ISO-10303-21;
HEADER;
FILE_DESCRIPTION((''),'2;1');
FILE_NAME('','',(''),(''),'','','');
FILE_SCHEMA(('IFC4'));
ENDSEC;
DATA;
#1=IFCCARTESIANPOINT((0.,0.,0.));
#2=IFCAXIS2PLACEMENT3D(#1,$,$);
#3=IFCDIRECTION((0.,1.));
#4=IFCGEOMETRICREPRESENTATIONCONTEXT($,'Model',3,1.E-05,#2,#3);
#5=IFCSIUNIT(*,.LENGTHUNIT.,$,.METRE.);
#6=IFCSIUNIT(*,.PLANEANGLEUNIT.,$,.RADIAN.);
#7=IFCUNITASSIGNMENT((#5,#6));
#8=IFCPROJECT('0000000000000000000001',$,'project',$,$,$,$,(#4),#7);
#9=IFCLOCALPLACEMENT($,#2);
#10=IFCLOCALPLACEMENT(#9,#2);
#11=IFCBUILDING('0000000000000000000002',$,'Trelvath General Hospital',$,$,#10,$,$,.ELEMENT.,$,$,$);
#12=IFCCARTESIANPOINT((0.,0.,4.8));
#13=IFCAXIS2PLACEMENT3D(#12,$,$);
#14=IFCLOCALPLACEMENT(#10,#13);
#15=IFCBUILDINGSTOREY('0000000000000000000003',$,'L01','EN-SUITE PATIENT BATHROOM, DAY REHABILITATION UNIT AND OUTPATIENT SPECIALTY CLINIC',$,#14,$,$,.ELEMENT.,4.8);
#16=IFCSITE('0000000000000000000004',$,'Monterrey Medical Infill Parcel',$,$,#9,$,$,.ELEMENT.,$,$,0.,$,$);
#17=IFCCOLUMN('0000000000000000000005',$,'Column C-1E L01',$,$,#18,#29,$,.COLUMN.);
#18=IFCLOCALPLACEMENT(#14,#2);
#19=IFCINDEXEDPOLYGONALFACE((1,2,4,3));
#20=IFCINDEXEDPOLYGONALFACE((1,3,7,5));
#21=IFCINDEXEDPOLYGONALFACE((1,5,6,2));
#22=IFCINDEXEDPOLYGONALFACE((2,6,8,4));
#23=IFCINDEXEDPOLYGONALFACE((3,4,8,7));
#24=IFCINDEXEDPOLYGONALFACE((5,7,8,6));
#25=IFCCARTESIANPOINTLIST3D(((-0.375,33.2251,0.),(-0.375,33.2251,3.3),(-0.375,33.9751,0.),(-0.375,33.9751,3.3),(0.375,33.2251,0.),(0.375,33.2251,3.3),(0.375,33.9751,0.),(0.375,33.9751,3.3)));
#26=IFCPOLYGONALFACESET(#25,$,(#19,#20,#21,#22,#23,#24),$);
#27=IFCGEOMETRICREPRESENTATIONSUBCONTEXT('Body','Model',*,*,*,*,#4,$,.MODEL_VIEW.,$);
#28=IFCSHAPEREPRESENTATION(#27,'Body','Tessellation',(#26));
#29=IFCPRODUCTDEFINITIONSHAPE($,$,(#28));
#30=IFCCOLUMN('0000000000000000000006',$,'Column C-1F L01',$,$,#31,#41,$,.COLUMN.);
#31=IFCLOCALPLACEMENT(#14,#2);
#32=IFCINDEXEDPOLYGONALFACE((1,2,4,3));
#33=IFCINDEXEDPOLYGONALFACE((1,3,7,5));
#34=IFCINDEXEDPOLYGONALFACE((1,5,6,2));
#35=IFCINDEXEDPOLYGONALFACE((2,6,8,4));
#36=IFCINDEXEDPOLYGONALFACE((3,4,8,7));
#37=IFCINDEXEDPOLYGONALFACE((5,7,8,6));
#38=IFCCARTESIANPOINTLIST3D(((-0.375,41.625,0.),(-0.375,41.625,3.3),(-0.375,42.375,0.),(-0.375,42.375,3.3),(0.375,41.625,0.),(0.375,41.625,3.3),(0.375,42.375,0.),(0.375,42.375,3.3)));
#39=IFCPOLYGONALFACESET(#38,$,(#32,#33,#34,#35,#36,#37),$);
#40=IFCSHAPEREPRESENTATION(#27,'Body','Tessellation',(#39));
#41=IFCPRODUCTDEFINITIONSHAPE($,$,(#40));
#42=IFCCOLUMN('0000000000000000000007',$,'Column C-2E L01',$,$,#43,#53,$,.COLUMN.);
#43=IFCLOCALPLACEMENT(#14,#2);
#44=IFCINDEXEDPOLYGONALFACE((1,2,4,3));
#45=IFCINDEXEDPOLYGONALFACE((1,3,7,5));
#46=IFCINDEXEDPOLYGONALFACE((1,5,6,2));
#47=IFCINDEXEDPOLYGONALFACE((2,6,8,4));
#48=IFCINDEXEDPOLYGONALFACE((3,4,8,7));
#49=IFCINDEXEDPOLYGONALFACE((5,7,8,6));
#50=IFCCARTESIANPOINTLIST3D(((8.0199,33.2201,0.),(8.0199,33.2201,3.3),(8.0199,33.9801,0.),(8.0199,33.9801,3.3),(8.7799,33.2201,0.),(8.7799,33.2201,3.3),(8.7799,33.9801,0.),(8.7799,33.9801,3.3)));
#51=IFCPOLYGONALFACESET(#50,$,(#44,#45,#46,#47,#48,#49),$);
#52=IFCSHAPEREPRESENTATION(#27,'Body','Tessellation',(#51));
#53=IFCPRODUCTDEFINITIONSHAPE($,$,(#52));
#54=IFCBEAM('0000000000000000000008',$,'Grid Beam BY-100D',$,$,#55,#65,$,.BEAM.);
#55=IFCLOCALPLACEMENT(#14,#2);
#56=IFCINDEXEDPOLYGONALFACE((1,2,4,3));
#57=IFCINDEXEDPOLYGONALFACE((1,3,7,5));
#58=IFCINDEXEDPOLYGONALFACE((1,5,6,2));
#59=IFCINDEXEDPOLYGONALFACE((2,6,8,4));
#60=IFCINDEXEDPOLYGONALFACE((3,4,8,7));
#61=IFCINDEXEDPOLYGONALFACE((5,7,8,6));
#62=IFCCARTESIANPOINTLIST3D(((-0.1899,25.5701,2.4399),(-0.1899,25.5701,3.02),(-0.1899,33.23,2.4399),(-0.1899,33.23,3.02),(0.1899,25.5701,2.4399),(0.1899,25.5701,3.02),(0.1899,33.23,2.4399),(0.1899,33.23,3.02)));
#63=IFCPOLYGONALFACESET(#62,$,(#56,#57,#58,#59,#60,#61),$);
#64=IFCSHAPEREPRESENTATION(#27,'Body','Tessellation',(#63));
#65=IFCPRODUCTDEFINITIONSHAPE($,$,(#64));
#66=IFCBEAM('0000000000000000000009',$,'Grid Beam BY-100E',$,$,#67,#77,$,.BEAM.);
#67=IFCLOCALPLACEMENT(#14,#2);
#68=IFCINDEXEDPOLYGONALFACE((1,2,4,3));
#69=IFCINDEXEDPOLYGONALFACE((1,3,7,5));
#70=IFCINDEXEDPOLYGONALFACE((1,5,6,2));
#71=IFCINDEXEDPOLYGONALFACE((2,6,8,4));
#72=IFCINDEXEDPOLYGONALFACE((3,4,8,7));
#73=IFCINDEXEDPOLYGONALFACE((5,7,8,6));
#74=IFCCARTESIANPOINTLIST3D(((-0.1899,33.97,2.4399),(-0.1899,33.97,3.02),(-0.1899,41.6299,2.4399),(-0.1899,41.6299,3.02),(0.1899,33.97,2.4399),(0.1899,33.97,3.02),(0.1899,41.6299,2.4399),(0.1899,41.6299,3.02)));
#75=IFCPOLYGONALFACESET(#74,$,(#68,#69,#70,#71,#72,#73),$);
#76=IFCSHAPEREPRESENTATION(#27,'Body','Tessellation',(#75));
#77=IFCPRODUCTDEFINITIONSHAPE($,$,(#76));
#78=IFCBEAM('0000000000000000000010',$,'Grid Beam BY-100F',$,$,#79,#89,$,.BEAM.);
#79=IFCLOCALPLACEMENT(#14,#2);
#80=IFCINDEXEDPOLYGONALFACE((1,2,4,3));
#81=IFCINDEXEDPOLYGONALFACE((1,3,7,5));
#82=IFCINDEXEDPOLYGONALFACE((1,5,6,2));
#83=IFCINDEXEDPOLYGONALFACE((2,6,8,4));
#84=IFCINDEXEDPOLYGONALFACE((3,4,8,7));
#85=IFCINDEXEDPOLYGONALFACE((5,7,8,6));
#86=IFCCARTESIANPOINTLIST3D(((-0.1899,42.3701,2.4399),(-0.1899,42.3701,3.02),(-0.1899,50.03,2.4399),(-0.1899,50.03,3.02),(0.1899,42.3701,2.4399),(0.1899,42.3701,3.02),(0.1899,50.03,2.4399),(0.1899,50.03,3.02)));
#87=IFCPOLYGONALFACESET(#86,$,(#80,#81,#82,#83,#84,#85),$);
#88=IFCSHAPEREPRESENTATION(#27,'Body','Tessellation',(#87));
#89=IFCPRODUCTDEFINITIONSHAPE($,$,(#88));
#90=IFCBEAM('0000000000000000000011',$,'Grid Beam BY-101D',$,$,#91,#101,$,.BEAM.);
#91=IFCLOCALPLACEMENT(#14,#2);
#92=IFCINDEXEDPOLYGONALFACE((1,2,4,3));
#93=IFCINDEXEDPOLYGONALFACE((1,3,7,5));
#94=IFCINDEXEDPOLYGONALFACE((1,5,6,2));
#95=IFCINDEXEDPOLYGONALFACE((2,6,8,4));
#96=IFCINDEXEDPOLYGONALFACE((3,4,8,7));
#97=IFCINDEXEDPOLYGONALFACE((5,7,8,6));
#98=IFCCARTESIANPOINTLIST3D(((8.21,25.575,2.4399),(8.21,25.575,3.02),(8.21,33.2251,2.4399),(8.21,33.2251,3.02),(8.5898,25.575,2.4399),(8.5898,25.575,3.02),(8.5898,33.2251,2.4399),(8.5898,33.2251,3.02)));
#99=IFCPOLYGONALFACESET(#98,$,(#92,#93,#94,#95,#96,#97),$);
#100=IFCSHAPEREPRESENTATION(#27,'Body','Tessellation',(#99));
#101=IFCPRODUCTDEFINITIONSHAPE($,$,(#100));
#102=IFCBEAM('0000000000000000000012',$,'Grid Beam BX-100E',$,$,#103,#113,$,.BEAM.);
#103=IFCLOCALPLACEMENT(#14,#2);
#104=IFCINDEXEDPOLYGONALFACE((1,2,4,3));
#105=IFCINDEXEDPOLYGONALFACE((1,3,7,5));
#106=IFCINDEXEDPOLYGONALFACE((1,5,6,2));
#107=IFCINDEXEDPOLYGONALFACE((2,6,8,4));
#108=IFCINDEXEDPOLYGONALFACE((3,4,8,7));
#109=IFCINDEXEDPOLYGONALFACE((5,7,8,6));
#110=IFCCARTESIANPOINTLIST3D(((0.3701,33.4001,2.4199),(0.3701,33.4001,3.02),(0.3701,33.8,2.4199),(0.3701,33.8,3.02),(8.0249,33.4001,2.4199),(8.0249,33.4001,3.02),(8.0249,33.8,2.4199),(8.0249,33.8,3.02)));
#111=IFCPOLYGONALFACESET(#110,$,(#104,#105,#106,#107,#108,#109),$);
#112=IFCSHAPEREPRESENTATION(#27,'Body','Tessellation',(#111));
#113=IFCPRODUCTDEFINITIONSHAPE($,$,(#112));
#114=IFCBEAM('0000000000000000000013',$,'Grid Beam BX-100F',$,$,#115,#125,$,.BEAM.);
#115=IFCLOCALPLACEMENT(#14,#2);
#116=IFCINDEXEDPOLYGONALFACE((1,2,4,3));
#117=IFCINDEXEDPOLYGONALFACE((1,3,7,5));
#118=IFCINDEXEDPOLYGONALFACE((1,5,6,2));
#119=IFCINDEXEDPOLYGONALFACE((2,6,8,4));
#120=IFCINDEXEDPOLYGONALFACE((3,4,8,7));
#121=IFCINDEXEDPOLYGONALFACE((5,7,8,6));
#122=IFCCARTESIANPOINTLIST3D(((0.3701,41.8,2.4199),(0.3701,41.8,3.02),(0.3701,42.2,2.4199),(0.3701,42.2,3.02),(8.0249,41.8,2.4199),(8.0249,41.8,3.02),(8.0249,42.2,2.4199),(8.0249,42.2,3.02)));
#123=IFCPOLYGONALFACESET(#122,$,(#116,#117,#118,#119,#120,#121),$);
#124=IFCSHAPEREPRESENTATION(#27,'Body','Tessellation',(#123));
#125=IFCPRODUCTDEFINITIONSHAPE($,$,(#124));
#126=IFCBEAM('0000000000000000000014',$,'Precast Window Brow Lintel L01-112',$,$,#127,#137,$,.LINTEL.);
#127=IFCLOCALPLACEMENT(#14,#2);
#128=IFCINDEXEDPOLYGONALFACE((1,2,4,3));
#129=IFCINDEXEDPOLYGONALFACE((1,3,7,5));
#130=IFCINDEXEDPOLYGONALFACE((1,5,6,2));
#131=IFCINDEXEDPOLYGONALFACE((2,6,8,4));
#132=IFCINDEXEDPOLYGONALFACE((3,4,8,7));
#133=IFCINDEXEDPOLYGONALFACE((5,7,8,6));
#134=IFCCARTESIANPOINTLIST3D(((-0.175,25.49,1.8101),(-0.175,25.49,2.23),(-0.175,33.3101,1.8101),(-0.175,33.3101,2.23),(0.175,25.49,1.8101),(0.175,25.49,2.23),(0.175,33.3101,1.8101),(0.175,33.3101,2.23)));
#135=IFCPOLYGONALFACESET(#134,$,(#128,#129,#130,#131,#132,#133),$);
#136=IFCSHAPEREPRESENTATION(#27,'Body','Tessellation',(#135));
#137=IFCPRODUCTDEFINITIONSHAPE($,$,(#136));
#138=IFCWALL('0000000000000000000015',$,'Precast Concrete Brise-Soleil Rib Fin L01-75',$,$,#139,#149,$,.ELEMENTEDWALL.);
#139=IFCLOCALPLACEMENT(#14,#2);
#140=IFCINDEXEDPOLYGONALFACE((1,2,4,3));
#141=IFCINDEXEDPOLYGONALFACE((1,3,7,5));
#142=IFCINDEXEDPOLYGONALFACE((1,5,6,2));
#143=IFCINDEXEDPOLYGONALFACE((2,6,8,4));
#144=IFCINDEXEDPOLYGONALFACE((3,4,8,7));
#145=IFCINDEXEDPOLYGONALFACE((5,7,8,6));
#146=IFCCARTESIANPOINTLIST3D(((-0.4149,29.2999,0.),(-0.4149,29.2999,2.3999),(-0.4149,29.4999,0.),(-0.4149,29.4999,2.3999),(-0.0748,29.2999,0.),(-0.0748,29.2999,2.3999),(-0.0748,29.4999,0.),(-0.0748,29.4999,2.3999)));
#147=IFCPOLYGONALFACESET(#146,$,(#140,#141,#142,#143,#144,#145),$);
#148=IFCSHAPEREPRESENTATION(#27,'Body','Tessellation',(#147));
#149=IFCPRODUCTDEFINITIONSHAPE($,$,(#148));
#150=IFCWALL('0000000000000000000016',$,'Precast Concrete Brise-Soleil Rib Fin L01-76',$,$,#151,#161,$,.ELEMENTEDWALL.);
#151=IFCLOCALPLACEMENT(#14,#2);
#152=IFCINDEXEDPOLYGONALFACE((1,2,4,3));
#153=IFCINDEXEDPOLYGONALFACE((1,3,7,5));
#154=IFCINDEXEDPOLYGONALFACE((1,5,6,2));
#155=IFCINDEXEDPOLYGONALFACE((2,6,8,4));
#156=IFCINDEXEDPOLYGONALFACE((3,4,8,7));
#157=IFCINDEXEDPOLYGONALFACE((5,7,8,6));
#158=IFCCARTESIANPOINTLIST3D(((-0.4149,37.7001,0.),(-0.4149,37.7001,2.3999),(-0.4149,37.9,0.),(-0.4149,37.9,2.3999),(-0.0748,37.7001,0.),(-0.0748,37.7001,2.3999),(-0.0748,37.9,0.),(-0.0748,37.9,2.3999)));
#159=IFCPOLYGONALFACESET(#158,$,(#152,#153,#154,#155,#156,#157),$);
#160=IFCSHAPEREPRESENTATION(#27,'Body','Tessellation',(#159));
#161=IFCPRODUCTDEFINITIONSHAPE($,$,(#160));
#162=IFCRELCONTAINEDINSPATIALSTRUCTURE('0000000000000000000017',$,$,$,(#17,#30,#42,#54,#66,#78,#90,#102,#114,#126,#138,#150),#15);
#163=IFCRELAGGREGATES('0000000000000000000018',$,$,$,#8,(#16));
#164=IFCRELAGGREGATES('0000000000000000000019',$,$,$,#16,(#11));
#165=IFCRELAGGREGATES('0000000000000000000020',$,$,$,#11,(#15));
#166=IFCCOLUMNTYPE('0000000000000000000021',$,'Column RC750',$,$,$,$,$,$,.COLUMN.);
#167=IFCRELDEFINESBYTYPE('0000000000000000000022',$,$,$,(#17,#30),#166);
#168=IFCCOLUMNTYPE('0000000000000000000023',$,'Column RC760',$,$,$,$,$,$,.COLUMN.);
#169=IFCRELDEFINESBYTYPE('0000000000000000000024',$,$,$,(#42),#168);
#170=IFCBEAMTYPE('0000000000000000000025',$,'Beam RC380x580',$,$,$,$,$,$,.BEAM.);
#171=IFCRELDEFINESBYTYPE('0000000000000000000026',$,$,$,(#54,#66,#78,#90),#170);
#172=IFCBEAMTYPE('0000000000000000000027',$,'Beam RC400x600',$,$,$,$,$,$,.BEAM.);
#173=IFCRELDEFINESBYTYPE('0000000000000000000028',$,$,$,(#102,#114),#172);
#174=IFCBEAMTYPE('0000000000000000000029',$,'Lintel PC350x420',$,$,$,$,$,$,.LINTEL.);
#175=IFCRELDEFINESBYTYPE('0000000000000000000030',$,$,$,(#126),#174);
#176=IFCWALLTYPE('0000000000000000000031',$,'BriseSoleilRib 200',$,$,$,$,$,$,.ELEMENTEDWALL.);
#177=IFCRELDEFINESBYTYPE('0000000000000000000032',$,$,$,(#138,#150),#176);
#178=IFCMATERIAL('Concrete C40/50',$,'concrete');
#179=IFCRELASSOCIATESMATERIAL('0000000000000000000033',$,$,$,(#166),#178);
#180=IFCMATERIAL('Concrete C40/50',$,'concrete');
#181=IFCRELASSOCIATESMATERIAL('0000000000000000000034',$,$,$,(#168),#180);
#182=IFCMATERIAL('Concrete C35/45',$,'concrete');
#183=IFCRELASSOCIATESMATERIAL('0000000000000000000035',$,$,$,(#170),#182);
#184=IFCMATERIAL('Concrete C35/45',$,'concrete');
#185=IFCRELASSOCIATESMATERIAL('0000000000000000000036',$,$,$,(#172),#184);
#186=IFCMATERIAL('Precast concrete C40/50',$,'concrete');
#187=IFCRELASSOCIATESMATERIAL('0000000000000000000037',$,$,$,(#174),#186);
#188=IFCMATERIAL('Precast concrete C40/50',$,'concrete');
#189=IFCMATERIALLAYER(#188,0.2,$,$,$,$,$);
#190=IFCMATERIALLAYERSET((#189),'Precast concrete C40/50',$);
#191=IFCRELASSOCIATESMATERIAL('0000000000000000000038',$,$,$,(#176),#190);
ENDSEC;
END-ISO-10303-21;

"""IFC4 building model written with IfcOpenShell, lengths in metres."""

from ifc_helpers import new_model, si_unit, direction, frame, frame_2d, origin, origin_2d, place, context, subcontext, project, spatial, rectangle, extrude, material, layer, layer_set, material_profile, profile_set, type_object, element, save


model = new_model("IFC4")

# Units and contexts
model_context = context("Model", 3, precision=1e-05, world=origin(), true_north=direction((0.0, 1.0)))
body_context = subcontext(model_context, "Body", "Model", "MODEL_VIEW")
ifc_project = project(units=[si_unit("LENGTHUNIT", "METRE"), si_unit("PLANEANGLEUNIT", "RADIAN")], contexts=[model_context])

# Site, building, storey
site_placement = place(None, origin())
site = spatial("IfcSite", under=ifc_project, at=site_placement, Name="Monterrey Medical Infill Parcel", CompositionType="ELEMENT", RefElevation=0.0)
building_placement = place(site_placement, origin())
building = spatial("IfcBuilding", under=site, at=building_placement, Name="Trelvath General Hospital", CompositionType="ELEMENT")
storey_placement = place(building_placement, frame((0.0, 0.0, 4.8)))
storey = spatial("IfcBuildingStorey", under=building, at=storey_placement, Name="L01", Description="EN-SUITE PATIENT BATHROOM, DAY REHABILITATION UNIT AND OUTPATIENT SPECIALTY CLINIC", CompositionType="ELEMENT", Elevation=4.8)

# Columns
ifc_material_1 = material(Name="Concrete C40/50", Category="concrete")
ifc_material_profile_1 = material_profile(ifc_material_1, rectangle(XDim=0.75, YDim=0.75, at=origin_2d()), Name="RC750x750")
ifc_profile_set_1 = profile_set([ifc_material_profile_1], Name="Concrete C40/50")
column_type_1 = type_object("IfcColumnType", Name="Column RC750", PredefinedType="COLUMN", material=ifc_profile_set_1)
for number, where, z_axis, x_axis, name in (
    (1, (0.0, 33.6001, 0.0), (0.0, 0.0, 1.0), (1.0, 0.0, 0.0), "Column C-1E L01"),
    (2, (0.0, 42.0, 0.0), (0.0, 0.0, 1.0), (1.0, 0.0, 0.0), "Column C-1F L01"),
):
    element("IfcColumn", number, at=place(storey_placement, frame(where, z_axis=z_axis, x_axis=x_axis)), inside=storey, type_object=column_type_1, Name=name, PredefinedType="COLUMN", context=body_context, shape_type="SweptSolid", body=[
        extrude(rectangle(XDim=0.75, YDim=0.75, at=origin_2d()), origin(), (0.0, 0.0, 1.0), 3.3),
    ])
ifc_material_2 = material(Name="Concrete C40/50", Category="concrete")
ifc_material_profile_2 = material_profile(ifc_material_2, rectangle(XDim=0.76, YDim=0.76, at=origin_2d()), Name="RC760x760")
ifc_profile_set_2 = profile_set([ifc_material_profile_2], Name="Concrete C40/50")
column_type_2 = type_object("IfcColumnType", Name="Column RC760", PredefinedType="COLUMN", material=ifc_profile_set_2)
column_placement = place(storey_placement, frame((8.3999, 33.6001, 0.0), z_axis=(0.0, 0.0, 1.0), x_axis=(1.0, 0.0, 0.0)))
element("IfcColumn", 3, at=column_placement, inside=storey, type_object=column_type_2, Name="Column C-2E L01", PredefinedType="COLUMN", context=body_context, shape_type="SweptSolid", body=[
    extrude(rectangle(XDim=0.76, YDim=0.76, at=origin_2d()), origin(), (0.0, 0.0, 1.0), 3.3),
])

# Beams
ifc_material_3 = material(Name="Concrete C35/45", Category="concrete")
ifc_material_profile_3 = material_profile(ifc_material_3, rectangle(XDim=0.3799, YDim=0.5801, at=origin_2d()), Name="RCB380x580")
ifc_profile_set_3 = profile_set([ifc_material_profile_3], Name="Concrete C35/45")
beam_type_1 = type_object("IfcBeamType", Name="Beam RC380x580", PredefinedType="BEAM", material=ifc_profile_set_3)
for number, where, z_axis, x_axis, name in (
    (4, (0.0, 25.5701, 2.73), (0.0, 1.0, 0.0), (-1.0, 0.0, 0.0), "Grid Beam BY-100D"),
    (5, (0.0, 33.97, 2.73), (0.0, 1.0, 0.0), (-1.0, 0.0, 0.0), "Grid Beam BY-100E"),
    (6, (0.0, 42.3701, 2.73), (0.0, 1.0, 0.0), (-1.0, 0.0, 0.0), "Grid Beam BY-100F"),
):
    element("IfcBeam", number, at=place(storey_placement, frame(where, z_axis=z_axis, x_axis=x_axis)), inside=storey, type_object=beam_type_1, Name=name, PredefinedType="BEAM", context=body_context, shape_type="SweptSolid", body=[
        extrude(rectangle(XDim=0.3799, YDim=0.5801, at=origin_2d()), origin(), (0.0, 0.0, 1.0), 7.6599),
    ])
beam_1_placement = place(storey_placement, frame((8.3999, 25.575, 2.73), z_axis=(0.0, 1.0, 0.0), x_axis=(-1.0, 0.0, 0.0)))
element("IfcBeam", 7, at=beam_1_placement, inside=storey, type_object=beam_type_1, Name="Grid Beam BY-101D", PredefinedType="BEAM", context=body_context, shape_type="SweptSolid", body=[
    extrude(rectangle(XDim=0.3799, YDim=0.5801, at=origin_2d()), origin(), (0.0, 0.0, 1.0), 7.6501),
])
ifc_material_4 = material(Name="Concrete C35/45", Category="concrete")
ifc_material_profile_4 = material_profile(ifc_material_4, rectangle(XDim=0.3999, YDim=0.6001, at=origin_2d()), Name="RCB400x600")
ifc_profile_set_4 = profile_set([ifc_material_profile_4], Name="Concrete C35/45")
beam_type_2 = type_object("IfcBeamType", Name="Beam RC400x600", PredefinedType="BEAM", material=ifc_profile_set_4)
for number, where, z_axis, x_axis, name in (
    (8, (0.3701, 33.6001, 2.72), (1.0, 0.0, 0.0), (0.0, 1.0, 0.0), "Grid Beam BX-100E"),
    (9, (0.3701, 42.0, 2.72), (1.0, 0.0, 0.0), (0.0, 1.0, 0.0), "Grid Beam BX-100F"),
):
    element("IfcBeam", number, at=place(storey_placement, frame(where, z_axis=z_axis, x_axis=x_axis)), inside=storey, type_object=beam_type_2, Name=name, PredefinedType="BEAM", context=body_context, shape_type="SweptSolid", body=[
        extrude(rectangle(XDim=0.3999, YDim=0.6001, at=origin_2d()), origin(), (0.0, 0.0, 1.0), 7.6548),
    ])
ifc_material_5 = material(Name="Precast concrete C40/50", Category="concrete")
ifc_material_profile_5 = material_profile(ifc_material_5, rectangle(XDim=0.3501, YDim=0.4199, at=origin_2d()), Name="PCL350x420")
ifc_profile_set_5 = profile_set([ifc_material_profile_5], Name="Precast concrete C40/50")
beam_type_3 = type_object("IfcBeamType", Name="Lintel PC350x420", PredefinedType="LINTEL", material=ifc_profile_set_5)
beam_2_placement = place(storey_placement, frame((0.0, 25.49, 2.02), z_axis=(0.0, 1.0, 0.0), x_axis=(-1.0, 0.0, 0.0)))
element("IfcBeam", 10, at=beam_2_placement, inside=storey, type_object=beam_type_3, Name="Precast Window Brow Lintel L01-112", PredefinedType="LINTEL", context=body_context, shape_type="SweptSolid", body=[
    extrude(rectangle(XDim=0.3501, YDim=0.4199, at=origin_2d()), origin(), (0.0, 0.0, 1.0), 7.8201),
])

# Walls
ifc_material_6 = material(Name="Precast concrete C40/50", Category="concrete")
ifc_layer_1 = layer(ifc_material_6, 0.2)
ifc_layer_set_1 = layer_set([ifc_layer_1], Name="Precast concrete C40/50")
wall_type_1 = type_object("IfcWallType", Name="BriseSoleilRib 200", PredefinedType="ELEMENTEDWALL", material=ifc_layer_set_1)
for number, where, z_axis, x_axis, name in (
    (11, (-0.075, 29.3999, 0.0), (0.0, 0.0, 1.0), (-1.0, 0.0, 0.0), "Precast Concrete Brise-Soleil Rib Fin L01-75"),
    (12, (-0.075, 37.8, 0.0), (0.0, 0.0, 1.0), (-1.0, 0.0, 0.0), "Precast Concrete Brise-Soleil Rib Fin L01-76"),
):
    element("IfcWall", number, at=place(storey_placement, frame(where, z_axis=z_axis, x_axis=x_axis)), inside=storey, type_object=wall_type_1, Name=name, PredefinedType="ELEMENTEDWALL", context=body_context, shape_type="SweptSolid", body=[
        extrude(rectangle(XDim=0.3401, YDim=0.2, at=frame_2d((0.1699, 0.0))), origin(), (0.0, 0.0, 1.0), 2.3999),
    ])

save(model, "model.ifc")
